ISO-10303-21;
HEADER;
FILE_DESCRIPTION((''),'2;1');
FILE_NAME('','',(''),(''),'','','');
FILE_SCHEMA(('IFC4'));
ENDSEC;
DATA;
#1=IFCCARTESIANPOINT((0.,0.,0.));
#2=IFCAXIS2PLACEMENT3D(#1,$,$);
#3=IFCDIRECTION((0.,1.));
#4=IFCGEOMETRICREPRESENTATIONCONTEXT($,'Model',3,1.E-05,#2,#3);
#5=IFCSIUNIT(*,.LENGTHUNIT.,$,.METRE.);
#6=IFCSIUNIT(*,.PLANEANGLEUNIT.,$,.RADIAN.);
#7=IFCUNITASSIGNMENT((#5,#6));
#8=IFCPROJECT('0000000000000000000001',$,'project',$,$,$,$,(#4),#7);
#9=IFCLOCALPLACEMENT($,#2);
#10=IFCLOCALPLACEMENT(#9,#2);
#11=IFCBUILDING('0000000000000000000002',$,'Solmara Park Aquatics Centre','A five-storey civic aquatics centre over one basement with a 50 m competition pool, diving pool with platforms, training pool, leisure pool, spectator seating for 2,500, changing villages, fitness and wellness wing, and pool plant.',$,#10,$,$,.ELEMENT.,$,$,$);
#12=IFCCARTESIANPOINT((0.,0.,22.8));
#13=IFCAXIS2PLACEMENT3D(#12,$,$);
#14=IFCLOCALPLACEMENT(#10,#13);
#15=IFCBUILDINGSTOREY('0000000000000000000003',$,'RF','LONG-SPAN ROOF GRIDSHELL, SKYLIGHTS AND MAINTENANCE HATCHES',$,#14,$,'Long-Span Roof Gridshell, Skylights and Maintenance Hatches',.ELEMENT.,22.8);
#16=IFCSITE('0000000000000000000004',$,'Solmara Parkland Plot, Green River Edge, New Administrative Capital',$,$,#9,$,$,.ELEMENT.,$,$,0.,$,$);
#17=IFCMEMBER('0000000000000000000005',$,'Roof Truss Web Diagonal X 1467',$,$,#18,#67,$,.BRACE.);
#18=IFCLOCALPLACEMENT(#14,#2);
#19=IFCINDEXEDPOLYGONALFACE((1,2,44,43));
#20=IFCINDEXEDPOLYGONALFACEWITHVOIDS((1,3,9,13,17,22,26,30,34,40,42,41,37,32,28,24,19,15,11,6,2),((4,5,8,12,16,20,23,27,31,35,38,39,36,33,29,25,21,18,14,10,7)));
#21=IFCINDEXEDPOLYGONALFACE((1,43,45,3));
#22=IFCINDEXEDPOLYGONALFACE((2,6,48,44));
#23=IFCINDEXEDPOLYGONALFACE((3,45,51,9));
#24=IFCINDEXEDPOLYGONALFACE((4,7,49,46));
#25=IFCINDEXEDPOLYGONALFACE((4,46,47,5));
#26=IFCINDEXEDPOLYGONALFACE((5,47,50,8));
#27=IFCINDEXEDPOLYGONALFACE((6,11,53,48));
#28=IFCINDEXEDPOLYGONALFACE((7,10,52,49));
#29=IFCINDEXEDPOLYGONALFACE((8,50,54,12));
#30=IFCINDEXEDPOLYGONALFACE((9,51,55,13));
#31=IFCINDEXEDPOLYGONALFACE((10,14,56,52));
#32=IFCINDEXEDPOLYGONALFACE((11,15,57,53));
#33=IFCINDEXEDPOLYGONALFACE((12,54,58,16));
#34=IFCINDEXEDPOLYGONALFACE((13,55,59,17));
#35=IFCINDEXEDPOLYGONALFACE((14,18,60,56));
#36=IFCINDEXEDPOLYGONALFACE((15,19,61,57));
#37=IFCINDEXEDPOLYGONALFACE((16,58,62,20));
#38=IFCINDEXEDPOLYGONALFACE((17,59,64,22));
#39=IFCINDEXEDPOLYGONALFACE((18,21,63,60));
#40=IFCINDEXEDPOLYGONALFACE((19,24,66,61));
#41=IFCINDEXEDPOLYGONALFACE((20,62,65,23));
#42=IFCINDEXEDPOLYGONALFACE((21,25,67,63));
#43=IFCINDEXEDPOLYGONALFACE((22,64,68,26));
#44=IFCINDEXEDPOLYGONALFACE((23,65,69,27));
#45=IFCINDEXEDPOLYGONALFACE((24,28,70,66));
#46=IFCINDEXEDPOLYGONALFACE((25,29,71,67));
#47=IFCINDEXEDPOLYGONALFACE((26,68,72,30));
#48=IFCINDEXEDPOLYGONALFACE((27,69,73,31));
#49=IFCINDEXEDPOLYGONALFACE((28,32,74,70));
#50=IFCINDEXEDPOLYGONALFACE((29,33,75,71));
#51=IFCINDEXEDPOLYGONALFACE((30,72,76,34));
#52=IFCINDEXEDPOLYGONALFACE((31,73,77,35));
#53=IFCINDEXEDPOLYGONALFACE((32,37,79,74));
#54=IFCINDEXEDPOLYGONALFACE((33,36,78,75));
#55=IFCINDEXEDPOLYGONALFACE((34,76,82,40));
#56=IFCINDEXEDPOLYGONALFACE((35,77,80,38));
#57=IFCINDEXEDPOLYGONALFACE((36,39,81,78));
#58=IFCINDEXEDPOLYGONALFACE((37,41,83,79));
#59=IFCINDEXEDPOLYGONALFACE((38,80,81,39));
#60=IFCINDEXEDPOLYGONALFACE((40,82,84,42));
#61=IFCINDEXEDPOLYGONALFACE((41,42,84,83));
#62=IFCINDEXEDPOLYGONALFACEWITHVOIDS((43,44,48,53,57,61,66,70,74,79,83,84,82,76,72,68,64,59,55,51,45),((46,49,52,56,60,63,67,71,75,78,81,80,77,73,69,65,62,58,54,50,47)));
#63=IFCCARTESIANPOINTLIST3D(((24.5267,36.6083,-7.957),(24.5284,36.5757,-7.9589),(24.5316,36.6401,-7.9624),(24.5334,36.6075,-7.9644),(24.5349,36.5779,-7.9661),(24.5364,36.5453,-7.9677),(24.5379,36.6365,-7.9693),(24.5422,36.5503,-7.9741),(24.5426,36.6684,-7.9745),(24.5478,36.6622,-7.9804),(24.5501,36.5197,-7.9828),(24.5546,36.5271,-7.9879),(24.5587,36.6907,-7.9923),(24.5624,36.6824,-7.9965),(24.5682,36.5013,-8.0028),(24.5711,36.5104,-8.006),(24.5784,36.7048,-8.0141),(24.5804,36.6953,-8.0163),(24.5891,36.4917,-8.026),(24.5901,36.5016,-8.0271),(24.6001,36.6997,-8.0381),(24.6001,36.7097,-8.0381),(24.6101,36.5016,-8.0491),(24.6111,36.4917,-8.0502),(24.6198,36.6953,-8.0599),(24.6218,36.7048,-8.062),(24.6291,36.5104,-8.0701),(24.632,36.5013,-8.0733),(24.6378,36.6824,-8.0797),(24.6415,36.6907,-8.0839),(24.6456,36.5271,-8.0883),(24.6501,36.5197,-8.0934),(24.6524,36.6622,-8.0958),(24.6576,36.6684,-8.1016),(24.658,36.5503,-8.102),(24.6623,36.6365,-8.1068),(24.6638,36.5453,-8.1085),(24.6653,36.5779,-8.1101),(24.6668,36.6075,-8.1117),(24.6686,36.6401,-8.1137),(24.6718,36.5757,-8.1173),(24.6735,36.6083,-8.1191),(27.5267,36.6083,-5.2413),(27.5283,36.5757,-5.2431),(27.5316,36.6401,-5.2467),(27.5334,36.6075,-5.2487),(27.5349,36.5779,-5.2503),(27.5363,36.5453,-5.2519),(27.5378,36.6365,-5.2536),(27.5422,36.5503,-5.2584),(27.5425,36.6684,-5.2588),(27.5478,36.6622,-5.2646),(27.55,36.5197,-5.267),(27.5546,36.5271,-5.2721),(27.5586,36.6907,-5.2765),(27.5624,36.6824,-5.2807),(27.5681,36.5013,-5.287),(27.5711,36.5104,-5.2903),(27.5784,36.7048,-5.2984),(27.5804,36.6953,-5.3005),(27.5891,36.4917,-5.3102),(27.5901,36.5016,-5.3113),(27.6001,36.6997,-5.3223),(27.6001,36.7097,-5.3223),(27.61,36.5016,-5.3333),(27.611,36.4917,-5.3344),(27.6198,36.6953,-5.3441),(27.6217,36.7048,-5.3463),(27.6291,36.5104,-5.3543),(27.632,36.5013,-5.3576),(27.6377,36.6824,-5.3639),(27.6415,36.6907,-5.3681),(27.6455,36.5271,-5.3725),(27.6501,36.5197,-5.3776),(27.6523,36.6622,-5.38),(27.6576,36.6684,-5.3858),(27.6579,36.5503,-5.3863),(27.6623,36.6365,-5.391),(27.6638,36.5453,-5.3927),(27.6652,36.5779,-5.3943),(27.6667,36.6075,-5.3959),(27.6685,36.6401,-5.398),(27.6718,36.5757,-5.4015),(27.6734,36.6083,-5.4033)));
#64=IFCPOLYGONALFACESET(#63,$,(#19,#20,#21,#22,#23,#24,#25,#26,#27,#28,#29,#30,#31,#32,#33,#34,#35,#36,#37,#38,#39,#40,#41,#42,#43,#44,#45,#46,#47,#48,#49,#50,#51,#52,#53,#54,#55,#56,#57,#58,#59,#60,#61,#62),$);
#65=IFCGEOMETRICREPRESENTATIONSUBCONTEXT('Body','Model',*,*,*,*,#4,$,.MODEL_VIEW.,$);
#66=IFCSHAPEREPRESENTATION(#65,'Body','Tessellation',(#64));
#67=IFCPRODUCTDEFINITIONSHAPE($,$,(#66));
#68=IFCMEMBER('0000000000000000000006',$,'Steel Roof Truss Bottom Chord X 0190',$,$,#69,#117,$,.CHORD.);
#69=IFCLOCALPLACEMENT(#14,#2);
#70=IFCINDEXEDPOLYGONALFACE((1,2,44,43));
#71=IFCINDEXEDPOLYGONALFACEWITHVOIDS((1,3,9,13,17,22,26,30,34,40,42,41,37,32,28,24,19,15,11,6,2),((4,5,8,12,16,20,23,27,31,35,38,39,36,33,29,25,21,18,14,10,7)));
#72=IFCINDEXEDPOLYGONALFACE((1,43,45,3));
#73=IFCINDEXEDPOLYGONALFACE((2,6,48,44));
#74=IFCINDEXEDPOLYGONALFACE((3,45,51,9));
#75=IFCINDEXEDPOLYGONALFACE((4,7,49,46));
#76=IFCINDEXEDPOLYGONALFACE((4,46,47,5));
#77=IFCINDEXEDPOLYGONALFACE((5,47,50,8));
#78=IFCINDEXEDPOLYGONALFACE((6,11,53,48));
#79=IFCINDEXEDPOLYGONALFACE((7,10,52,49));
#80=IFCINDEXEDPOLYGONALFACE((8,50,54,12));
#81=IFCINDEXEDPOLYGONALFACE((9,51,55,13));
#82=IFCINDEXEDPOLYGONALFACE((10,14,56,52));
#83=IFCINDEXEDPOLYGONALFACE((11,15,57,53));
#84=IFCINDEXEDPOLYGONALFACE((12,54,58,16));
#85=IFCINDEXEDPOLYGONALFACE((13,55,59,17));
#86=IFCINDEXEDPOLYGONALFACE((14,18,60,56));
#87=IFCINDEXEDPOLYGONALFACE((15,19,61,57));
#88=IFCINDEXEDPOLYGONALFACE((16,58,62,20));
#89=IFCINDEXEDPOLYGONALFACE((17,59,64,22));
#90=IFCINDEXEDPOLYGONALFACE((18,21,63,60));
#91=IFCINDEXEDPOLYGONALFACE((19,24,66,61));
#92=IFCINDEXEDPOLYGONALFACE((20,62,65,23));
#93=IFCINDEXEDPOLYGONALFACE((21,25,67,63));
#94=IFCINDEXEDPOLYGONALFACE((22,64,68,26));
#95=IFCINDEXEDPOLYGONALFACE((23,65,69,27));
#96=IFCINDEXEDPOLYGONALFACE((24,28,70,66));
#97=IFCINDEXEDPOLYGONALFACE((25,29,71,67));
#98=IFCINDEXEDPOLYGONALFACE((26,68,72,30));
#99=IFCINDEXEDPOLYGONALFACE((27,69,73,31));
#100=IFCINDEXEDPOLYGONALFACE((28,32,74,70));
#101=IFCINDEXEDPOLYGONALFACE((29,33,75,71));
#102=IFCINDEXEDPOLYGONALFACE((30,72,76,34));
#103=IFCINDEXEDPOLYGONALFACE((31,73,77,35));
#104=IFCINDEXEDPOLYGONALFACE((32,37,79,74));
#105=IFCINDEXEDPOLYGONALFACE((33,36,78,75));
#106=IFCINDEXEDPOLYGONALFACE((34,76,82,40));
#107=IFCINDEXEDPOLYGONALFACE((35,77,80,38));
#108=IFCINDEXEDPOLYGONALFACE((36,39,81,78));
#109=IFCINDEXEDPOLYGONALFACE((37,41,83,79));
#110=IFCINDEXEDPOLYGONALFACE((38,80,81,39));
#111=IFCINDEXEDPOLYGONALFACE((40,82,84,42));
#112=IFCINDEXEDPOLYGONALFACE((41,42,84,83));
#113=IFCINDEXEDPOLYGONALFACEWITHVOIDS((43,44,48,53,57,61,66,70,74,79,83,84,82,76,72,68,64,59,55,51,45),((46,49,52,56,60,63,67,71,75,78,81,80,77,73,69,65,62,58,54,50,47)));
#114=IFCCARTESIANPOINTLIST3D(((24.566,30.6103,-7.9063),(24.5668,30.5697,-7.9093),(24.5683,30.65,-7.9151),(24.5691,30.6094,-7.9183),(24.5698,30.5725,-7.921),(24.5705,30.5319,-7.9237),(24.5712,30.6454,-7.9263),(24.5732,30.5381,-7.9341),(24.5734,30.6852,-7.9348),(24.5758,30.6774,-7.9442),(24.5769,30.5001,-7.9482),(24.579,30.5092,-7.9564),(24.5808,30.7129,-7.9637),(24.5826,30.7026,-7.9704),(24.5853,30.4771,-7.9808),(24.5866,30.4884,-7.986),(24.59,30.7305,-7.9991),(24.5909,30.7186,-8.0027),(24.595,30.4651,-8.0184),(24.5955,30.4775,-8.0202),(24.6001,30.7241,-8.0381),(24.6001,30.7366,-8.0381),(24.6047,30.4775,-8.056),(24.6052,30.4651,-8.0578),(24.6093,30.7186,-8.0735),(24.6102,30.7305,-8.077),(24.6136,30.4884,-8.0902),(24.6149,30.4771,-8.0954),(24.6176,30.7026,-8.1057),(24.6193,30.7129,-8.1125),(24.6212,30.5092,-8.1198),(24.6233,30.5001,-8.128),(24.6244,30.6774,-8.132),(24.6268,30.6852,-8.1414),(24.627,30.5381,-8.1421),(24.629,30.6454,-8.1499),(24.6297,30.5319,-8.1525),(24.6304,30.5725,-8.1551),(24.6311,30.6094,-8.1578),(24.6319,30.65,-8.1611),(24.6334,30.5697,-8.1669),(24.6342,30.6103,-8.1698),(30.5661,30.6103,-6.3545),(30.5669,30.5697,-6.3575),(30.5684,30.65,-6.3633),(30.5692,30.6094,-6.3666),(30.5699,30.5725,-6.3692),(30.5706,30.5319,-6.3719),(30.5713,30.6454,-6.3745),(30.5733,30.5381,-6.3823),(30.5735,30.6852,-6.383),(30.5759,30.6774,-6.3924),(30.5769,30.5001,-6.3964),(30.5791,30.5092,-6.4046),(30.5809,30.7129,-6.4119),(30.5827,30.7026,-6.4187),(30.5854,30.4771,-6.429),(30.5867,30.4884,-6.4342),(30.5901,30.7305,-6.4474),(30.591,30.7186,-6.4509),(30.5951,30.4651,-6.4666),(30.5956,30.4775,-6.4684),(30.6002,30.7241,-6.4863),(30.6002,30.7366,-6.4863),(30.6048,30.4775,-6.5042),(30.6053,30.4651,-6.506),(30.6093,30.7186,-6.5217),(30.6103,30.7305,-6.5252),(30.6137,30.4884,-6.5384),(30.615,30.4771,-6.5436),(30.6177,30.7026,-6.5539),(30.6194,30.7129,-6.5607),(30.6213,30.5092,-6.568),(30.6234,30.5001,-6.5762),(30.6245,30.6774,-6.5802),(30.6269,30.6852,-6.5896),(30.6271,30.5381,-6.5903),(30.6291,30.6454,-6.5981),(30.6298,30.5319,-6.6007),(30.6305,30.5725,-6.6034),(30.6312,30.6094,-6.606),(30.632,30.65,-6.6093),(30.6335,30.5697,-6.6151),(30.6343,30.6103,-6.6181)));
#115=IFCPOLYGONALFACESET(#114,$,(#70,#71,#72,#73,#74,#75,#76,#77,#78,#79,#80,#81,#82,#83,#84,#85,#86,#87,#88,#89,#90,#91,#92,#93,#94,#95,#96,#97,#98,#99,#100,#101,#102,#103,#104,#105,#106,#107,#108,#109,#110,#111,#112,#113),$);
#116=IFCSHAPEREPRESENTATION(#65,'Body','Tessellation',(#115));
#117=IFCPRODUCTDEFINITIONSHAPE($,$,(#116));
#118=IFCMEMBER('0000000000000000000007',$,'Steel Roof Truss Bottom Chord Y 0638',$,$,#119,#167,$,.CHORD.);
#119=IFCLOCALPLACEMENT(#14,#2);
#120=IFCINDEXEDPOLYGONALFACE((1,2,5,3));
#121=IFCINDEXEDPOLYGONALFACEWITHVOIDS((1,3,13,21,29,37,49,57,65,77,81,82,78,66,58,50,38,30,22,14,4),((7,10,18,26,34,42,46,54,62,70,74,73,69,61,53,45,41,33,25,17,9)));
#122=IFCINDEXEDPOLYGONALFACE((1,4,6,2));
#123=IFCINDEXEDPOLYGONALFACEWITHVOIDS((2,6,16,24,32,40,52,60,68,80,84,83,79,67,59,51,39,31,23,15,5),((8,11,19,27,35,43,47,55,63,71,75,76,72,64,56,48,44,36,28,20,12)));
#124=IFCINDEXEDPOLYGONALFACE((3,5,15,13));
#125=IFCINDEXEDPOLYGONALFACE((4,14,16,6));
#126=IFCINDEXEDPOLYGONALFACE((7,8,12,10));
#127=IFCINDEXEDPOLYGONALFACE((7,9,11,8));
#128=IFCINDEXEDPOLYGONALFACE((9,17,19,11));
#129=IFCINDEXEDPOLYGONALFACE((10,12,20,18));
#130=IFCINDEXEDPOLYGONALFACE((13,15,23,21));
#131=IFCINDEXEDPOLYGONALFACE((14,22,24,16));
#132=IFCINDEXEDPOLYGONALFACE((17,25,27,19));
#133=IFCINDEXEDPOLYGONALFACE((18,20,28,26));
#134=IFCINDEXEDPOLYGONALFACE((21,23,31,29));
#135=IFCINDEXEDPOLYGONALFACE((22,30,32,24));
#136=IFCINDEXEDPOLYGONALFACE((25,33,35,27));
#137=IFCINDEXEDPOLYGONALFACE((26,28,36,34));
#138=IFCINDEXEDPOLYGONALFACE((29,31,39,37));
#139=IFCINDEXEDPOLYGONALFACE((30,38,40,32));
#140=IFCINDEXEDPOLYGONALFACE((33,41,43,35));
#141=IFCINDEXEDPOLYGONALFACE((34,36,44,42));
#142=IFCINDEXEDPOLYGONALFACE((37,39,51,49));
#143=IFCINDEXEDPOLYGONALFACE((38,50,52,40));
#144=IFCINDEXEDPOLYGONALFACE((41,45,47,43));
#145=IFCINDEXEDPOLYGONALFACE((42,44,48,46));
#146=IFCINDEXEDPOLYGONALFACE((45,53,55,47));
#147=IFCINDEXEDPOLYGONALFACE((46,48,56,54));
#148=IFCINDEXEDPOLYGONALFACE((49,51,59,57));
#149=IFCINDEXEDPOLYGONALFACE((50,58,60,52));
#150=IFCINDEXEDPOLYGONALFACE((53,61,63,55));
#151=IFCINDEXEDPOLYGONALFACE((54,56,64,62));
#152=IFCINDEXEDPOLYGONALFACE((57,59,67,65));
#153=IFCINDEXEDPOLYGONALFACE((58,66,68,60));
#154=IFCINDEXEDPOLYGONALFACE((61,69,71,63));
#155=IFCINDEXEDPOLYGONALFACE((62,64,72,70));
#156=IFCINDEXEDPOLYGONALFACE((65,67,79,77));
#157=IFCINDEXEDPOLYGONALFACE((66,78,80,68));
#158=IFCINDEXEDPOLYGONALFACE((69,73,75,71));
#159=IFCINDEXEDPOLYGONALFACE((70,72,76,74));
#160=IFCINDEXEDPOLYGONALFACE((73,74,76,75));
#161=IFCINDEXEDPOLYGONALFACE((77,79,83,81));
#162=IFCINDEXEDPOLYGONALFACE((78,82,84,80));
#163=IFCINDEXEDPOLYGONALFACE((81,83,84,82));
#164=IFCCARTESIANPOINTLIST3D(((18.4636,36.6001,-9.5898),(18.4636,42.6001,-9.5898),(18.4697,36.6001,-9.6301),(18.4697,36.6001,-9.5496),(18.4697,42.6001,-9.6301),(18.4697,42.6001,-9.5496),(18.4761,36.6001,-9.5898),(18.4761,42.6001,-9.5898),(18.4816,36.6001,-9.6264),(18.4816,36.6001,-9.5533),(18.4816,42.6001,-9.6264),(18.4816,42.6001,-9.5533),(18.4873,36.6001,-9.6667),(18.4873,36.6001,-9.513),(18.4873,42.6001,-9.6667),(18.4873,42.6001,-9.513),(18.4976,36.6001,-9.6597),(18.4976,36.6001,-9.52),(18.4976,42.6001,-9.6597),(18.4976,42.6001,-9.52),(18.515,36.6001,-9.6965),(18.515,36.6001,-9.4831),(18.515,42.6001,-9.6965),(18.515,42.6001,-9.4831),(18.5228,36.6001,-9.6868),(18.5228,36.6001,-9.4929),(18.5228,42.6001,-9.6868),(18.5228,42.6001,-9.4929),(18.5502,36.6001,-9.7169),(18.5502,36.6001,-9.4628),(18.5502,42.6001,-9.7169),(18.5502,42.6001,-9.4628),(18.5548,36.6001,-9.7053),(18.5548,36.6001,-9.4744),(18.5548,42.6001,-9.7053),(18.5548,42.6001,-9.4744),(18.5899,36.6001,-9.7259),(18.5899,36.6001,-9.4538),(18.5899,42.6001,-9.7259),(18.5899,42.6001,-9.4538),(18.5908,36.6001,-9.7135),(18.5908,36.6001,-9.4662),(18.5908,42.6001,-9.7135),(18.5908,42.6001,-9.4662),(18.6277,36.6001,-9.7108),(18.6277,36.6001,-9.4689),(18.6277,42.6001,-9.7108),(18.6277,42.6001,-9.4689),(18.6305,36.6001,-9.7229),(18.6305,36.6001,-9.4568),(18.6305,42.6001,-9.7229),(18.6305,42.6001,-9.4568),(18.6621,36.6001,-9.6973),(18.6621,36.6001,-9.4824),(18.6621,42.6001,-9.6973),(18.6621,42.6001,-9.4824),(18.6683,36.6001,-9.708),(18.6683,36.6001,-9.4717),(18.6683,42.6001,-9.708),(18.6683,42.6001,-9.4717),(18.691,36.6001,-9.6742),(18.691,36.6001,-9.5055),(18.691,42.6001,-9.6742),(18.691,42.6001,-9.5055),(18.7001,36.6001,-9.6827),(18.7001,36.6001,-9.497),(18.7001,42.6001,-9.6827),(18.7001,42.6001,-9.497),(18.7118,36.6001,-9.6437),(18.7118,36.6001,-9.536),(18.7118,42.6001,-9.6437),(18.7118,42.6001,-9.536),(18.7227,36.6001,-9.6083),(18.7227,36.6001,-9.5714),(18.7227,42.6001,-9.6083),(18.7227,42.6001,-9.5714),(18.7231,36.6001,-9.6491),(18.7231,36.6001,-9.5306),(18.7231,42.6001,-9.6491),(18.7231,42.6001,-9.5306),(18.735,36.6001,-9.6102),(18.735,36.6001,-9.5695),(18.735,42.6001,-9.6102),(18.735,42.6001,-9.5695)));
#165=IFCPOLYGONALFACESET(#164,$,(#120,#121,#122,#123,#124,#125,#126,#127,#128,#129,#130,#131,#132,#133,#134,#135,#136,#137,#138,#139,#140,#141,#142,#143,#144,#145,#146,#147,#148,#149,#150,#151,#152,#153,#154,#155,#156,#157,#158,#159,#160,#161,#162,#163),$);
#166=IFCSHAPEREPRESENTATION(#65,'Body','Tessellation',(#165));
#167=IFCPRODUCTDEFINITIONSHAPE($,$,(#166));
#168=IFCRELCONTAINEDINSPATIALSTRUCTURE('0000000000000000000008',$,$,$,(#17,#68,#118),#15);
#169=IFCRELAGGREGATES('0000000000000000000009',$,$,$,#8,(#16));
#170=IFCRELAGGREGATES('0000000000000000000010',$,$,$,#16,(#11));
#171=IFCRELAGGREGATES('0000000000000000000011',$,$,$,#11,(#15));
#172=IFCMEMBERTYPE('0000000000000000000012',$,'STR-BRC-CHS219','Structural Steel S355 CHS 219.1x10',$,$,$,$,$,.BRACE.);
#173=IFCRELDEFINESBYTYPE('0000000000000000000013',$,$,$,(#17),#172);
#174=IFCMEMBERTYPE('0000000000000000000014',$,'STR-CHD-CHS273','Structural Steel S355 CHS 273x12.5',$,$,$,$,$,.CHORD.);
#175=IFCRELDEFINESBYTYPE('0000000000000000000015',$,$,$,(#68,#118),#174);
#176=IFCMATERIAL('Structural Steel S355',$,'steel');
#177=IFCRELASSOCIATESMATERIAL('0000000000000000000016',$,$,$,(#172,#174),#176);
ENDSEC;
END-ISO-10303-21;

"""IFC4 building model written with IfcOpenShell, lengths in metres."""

from ifc_helpers import new_model, si_unit, direction, frame, origin, origin_2d, place, context, subcontext, project, spatial, hollow_circle, extrude, material, material_profile, profile_set, type_object, element, save


model = new_model("IFC4")

# Units and contexts
model_context = context("Model", 3, precision=1e-05, world=origin(), true_north=direction((0.0, 1.0)))
body_context = subcontext(model_context, "Body", "Model", "MODEL_VIEW")
ifc_project = project(units=[si_unit("LENGTHUNIT", "METRE"), si_unit("PLANEANGLEUNIT", "RADIAN")], contexts=[model_context])

# Site, building, storey
site_placement = place(None, origin())
site = spatial("IfcSite", under=ifc_project, at=site_placement, Name="Solmara Parkland Plot, Green River Edge, New Administrative Capital", CompositionType="ELEMENT", RefElevation=0.0)
building_placement = place(site_placement, origin())
building = spatial("IfcBuilding", under=site, at=building_placement, Name="Solmara Park Aquatics Centre", Description="A five-storey civic aquatics centre over one basement with a 50 m competition pool, diving pool with platforms, training pool, leisure pool, spectator seating for 2,500, changing villages, fitness and wellness wing, and pool plant.", CompositionType="ELEMENT")
storey_placement = place(building_placement, frame((0.0, 0.0, 22.8)))
storey = spatial("IfcBuildingStorey", under=building, at=storey_placement, Name="RF", Description="LONG-SPAN ROOF GRIDSHELL, SKYLIGHTS AND MAINTENANCE HATCHES", LongName="Long-Span Roof Gridshell, Skylights and Maintenance Hatches", CompositionType="ELEMENT", Elevation=22.8)

# Members
ifc_material_1 = material(Name="Structural Steel S355", Category="steel")
ifc_material_profile_1 = material_profile(ifc_material_1, hollow_circle(Radius=0.1096, WallThickness=0.01, at=origin_2d()), Name="CHS 219.1x10")
ifc_profile_set_1 = profile_set([ifc_material_profile_1], Name="Structural Steel S355")
member_type_1 = type_object("IfcMemberType", Name="STR-BRC-CHS219", Description="Structural Steel S355 CHS 219.1x10", PredefinedType="BRACE", material=ifc_profile_set_1)
for number, where, z_axis, x_axis, name in (
    (1, (24.6001, 36.6001, -8.0381), (0.741347, 0.0, 0.671122), (0.0, 1.0, 0.0), "Roof Truss Web Diagonal X 1467"),
):
    element("IfcMember", number, at=place(storey_placement, frame(where, z_axis=z_axis, x_axis=x_axis)), inside=storey, type_object=member_type_1, Name=name, PredefinedType="BRACE", context=body_context, shape_type="SweptSolid", body=[
        extrude(hollow_circle(Radius=0.1096, WallThickness=0.01, at=origin_2d()), origin(), (0.0, 0.0, 1.0), 4.0466),
    ])
ifc_material_profile_2 = material_profile(ifc_material_1, hollow_circle(Radius=0.1365, WallThickness=0.0125, at=origin_2d()), Name="CHS 273x12.5")
ifc_profile_set_2 = profile_set([ifc_material_profile_2], Name="Structural Steel S355")
member_type_2 = type_object("IfcMemberType", Name="STR-CHD-CHS273", Description="Structural Steel S355 CHS 273x12.5", PredefinedType="CHORD", material=ifc_profile_set_2)
member_1_placement = place(storey_placement, frame((24.6001, 30.6001, -8.0381), z_axis=(0.968146, 0.0, 0.250388), x_axis=(0.0, 1.0, 0.0)))
element("IfcMember", 2, at=member_1_placement, inside=storey, type_object=member_type_2, Name="Steel Roof Truss Bottom Chord X 0190", PredefinedType="CHORD", context=body_context, shape_type="SweptSolid", body=[
    extrude(hollow_circle(Radius=0.1365, WallThickness=0.0125, at=origin_2d()), origin(), (0.0, 0.0, 1.0), 6.1975),
])
member_2_placement = place(storey_placement, frame((18.6001, 36.6001, -9.5898), z_axis=(0.0, 1.0, 0.0), x_axis=(-1.0, 0.0, 0.0)))
element("IfcMember", 3, at=member_2_placement, inside=storey, type_object=member_type_2, Name="Steel Roof Truss Bottom Chord Y 0638", PredefinedType="CHORD", context=body_context, shape_type="SweptSolid", body=[
    extrude(hollow_circle(Radius=0.1365, WallThickness=0.0125, at=origin_2d()), origin(), (0.0, 0.0, 1.0), 6.0),
])

save(model, "model.ifc")
